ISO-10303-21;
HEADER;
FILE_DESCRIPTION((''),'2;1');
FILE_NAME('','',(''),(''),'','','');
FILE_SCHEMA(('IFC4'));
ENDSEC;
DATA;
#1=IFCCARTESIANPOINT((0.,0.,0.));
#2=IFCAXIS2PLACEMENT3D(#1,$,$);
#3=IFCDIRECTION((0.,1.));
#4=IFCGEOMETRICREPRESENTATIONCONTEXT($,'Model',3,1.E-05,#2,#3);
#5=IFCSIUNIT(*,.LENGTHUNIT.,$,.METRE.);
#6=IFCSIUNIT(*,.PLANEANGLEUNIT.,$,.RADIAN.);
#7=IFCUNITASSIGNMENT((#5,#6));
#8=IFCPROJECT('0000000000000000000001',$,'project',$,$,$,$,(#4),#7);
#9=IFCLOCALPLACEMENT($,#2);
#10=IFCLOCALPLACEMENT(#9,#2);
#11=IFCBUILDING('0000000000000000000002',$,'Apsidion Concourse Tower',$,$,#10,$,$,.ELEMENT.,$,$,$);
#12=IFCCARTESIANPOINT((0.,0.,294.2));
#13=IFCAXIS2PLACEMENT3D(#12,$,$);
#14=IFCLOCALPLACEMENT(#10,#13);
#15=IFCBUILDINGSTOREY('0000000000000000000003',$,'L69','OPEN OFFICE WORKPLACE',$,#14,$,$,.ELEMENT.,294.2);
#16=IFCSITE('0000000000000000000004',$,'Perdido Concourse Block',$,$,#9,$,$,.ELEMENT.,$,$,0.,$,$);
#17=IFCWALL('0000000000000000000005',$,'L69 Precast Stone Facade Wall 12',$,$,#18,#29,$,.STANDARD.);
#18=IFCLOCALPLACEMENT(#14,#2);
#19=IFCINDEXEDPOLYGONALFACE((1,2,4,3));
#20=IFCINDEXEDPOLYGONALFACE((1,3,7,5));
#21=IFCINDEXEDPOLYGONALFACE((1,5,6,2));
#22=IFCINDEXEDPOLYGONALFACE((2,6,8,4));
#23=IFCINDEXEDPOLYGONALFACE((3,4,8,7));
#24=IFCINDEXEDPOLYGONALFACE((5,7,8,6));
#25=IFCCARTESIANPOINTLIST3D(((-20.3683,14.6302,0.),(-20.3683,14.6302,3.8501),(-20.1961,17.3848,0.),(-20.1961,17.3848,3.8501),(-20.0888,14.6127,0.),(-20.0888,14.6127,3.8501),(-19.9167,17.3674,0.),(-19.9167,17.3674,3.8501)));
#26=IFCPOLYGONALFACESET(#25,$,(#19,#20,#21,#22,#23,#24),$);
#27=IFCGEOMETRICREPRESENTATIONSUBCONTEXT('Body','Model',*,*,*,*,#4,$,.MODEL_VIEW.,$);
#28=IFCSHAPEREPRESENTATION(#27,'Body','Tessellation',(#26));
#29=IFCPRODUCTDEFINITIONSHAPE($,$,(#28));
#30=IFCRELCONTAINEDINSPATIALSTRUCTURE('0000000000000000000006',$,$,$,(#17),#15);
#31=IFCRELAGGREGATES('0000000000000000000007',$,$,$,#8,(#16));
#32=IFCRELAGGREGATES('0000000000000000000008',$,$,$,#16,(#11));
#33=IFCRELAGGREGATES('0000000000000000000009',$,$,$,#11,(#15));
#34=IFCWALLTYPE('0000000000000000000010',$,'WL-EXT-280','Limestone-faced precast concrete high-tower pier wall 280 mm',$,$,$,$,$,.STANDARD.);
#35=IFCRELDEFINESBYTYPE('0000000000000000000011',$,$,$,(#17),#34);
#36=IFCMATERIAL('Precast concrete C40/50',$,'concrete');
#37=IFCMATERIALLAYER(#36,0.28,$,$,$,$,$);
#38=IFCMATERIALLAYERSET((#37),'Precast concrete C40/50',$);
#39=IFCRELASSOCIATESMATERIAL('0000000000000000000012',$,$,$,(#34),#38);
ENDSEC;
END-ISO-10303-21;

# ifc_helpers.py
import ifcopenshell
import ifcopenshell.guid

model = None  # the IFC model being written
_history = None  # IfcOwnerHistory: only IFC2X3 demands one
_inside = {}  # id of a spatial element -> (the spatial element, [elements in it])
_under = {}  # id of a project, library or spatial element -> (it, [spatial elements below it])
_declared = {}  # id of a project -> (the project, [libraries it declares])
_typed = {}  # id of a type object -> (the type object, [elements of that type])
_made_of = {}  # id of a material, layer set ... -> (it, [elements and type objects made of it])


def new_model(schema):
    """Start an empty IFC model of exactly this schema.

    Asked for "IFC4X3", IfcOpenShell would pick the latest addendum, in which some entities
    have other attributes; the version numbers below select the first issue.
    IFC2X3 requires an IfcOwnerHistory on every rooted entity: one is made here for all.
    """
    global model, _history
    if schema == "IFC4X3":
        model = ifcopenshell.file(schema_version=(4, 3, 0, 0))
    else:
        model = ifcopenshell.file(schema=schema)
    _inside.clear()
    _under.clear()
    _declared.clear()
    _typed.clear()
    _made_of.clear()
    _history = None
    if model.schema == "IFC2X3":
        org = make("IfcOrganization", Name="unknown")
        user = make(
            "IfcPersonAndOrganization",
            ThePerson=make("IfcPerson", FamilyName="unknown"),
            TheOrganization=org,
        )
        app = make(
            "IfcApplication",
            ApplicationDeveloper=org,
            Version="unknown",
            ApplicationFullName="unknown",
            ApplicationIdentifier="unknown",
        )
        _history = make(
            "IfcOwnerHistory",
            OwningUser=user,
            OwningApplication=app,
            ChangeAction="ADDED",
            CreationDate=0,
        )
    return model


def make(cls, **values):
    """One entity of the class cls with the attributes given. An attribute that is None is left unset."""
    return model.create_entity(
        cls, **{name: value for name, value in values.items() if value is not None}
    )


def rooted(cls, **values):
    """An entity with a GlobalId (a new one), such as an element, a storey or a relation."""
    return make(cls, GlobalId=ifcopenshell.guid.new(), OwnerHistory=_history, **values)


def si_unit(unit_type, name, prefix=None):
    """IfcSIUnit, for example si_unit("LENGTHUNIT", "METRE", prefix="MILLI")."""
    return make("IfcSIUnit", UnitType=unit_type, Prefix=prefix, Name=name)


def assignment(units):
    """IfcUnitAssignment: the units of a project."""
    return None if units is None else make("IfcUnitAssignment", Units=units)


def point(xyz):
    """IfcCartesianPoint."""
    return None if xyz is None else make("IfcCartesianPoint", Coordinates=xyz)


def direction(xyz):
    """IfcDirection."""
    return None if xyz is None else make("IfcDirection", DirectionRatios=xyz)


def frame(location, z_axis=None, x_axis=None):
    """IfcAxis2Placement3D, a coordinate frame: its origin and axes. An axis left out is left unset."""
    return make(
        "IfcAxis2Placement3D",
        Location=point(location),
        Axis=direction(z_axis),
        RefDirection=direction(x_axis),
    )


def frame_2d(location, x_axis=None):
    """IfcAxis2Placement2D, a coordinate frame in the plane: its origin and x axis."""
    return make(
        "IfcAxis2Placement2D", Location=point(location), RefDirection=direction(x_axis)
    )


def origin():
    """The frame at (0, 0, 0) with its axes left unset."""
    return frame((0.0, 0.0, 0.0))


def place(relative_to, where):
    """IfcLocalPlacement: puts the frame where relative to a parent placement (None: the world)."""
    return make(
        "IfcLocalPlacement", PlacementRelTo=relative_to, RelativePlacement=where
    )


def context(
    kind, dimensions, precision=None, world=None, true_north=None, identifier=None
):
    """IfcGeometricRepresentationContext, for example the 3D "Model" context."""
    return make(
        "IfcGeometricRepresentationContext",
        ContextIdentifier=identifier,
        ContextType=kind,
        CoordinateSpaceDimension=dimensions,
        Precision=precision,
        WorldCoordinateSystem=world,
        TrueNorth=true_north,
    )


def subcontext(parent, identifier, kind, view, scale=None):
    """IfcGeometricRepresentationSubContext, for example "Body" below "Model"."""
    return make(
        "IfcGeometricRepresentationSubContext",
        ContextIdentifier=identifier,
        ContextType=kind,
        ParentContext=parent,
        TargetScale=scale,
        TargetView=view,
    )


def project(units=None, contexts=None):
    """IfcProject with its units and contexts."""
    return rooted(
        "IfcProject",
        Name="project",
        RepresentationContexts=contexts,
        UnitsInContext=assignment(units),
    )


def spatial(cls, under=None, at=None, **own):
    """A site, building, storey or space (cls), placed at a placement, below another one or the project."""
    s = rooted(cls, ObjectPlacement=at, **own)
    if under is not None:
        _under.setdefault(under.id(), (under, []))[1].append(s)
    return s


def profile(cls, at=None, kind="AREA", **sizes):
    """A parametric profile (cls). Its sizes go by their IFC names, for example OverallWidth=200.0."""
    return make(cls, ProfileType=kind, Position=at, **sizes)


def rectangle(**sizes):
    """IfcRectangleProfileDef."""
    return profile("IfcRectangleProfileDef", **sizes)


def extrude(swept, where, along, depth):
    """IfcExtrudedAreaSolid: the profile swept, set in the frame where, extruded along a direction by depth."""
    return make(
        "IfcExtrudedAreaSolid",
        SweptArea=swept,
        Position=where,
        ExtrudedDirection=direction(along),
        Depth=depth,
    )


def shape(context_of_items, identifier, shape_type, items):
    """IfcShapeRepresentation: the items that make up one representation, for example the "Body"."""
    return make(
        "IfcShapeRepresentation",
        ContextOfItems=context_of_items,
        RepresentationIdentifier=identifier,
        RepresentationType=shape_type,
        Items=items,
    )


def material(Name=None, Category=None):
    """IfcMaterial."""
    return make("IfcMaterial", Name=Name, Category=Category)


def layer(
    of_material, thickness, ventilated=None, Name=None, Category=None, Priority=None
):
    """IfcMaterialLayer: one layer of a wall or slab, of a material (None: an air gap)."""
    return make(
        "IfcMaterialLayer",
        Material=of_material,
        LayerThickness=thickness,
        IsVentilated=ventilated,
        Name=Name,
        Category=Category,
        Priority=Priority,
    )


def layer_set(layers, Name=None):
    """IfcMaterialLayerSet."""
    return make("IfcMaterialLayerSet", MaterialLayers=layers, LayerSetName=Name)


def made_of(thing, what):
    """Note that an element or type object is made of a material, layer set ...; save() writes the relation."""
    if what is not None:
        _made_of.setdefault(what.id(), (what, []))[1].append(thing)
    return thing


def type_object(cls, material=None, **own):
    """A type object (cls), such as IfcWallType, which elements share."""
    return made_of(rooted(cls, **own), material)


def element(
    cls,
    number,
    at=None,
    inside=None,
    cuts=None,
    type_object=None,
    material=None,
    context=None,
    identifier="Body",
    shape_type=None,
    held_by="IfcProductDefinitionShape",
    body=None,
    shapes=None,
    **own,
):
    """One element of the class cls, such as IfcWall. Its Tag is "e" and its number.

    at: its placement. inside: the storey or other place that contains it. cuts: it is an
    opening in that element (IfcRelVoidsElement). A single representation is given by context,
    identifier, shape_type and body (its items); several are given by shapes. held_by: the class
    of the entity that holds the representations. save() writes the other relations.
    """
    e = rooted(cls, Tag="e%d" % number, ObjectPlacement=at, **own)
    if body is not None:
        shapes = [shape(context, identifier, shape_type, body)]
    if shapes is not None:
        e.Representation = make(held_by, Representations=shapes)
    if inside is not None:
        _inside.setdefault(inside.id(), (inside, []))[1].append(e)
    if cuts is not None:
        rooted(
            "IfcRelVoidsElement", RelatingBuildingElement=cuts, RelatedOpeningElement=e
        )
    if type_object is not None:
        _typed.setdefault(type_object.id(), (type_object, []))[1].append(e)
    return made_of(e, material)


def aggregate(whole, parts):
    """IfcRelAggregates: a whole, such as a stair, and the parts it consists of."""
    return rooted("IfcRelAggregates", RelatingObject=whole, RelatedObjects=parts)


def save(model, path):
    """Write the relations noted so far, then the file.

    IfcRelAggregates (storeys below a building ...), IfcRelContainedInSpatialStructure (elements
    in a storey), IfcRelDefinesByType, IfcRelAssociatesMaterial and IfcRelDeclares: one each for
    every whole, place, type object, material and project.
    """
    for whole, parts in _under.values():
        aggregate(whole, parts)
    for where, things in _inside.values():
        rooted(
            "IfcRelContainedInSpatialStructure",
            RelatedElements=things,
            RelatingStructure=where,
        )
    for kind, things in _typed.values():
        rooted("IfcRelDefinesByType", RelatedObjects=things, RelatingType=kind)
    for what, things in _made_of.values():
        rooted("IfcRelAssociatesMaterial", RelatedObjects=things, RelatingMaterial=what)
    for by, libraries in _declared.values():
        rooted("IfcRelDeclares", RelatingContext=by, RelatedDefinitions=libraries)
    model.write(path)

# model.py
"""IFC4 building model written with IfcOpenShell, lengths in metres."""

from ifc_helpers import new_model, si_unit, direction, frame, frame_2d, origin, place, context, subcontext, project, spatial, rectangle, extrude, material, layer, layer_set, type_object, element, save


model = new_model("IFC4")

# Units and contexts
model_context = context("Model", 3, precision=1e-05, world=origin(), true_north=direction((0.0, 1.0)))
body_context = subcontext(model_context, "Body", "Model", "MODEL_VIEW")
ifc_project = project(units=[si_unit("LENGTHUNIT", "METRE"), si_unit("PLANEANGLEUNIT", "RADIAN")], contexts=[model_context])

# Site, building, storey
site_placement = place(None, origin())
site = spatial("IfcSite", under=ifc_project, at=site_placement, Name="Perdido Concourse Block", CompositionType="ELEMENT", RefElevation=0.0)
building_placement = place(site_placement, origin())
building = spatial("IfcBuilding", under=site, at=building_placement, Name="Apsidion Concourse Tower", CompositionType="ELEMENT")
storey_placement = place(building_placement, frame((0.0, 0.0, 294.2)))
storey = spatial("IfcBuildingStorey", under=building, at=storey_placement, Name="L69", Description="OPEN OFFICE WORKPLACE", CompositionType="ELEMENT", Elevation=294.2)

# Shared definitions
ifc_material_1 = material(Name="Precast concrete C40/50", Category="concrete")
ifc_layer_1 = layer(ifc_material_1, 0.28)
ifc_layer_set_1 = layer_set([ifc_layer_1], Name="Precast concrete C40/50")
wall_type = type_object("IfcWallType", Name="WL-EXT-280", Description="Limestone-faced precast concrete high-tower pier wall 280 mm", PredefinedType="STANDARD", material=ifc_layer_set_1)

# Wall
wall_1_placement = place(storey_placement, frame((-20.2285, 14.6216, 0.0), z_axis=(0.0, 0.0, 1.0), x_axis=(0.062362, 0.998054, 0.0)))
element("IfcWall", 1, at=wall_1_placement, inside=storey, type_object=wall_type, Name="L69 Precast Stone Facade Wall 12", PredefinedType="STANDARD", context=body_context, shape_type="SweptSolid", body=[
    extrude(rectangle(XDim=2.76, YDim=0.28, at=frame_2d((1.3799, 0.0))), origin(), (0.0, 0.0, 1.0), 3.8501),
])

save(model, "model.ifc")
